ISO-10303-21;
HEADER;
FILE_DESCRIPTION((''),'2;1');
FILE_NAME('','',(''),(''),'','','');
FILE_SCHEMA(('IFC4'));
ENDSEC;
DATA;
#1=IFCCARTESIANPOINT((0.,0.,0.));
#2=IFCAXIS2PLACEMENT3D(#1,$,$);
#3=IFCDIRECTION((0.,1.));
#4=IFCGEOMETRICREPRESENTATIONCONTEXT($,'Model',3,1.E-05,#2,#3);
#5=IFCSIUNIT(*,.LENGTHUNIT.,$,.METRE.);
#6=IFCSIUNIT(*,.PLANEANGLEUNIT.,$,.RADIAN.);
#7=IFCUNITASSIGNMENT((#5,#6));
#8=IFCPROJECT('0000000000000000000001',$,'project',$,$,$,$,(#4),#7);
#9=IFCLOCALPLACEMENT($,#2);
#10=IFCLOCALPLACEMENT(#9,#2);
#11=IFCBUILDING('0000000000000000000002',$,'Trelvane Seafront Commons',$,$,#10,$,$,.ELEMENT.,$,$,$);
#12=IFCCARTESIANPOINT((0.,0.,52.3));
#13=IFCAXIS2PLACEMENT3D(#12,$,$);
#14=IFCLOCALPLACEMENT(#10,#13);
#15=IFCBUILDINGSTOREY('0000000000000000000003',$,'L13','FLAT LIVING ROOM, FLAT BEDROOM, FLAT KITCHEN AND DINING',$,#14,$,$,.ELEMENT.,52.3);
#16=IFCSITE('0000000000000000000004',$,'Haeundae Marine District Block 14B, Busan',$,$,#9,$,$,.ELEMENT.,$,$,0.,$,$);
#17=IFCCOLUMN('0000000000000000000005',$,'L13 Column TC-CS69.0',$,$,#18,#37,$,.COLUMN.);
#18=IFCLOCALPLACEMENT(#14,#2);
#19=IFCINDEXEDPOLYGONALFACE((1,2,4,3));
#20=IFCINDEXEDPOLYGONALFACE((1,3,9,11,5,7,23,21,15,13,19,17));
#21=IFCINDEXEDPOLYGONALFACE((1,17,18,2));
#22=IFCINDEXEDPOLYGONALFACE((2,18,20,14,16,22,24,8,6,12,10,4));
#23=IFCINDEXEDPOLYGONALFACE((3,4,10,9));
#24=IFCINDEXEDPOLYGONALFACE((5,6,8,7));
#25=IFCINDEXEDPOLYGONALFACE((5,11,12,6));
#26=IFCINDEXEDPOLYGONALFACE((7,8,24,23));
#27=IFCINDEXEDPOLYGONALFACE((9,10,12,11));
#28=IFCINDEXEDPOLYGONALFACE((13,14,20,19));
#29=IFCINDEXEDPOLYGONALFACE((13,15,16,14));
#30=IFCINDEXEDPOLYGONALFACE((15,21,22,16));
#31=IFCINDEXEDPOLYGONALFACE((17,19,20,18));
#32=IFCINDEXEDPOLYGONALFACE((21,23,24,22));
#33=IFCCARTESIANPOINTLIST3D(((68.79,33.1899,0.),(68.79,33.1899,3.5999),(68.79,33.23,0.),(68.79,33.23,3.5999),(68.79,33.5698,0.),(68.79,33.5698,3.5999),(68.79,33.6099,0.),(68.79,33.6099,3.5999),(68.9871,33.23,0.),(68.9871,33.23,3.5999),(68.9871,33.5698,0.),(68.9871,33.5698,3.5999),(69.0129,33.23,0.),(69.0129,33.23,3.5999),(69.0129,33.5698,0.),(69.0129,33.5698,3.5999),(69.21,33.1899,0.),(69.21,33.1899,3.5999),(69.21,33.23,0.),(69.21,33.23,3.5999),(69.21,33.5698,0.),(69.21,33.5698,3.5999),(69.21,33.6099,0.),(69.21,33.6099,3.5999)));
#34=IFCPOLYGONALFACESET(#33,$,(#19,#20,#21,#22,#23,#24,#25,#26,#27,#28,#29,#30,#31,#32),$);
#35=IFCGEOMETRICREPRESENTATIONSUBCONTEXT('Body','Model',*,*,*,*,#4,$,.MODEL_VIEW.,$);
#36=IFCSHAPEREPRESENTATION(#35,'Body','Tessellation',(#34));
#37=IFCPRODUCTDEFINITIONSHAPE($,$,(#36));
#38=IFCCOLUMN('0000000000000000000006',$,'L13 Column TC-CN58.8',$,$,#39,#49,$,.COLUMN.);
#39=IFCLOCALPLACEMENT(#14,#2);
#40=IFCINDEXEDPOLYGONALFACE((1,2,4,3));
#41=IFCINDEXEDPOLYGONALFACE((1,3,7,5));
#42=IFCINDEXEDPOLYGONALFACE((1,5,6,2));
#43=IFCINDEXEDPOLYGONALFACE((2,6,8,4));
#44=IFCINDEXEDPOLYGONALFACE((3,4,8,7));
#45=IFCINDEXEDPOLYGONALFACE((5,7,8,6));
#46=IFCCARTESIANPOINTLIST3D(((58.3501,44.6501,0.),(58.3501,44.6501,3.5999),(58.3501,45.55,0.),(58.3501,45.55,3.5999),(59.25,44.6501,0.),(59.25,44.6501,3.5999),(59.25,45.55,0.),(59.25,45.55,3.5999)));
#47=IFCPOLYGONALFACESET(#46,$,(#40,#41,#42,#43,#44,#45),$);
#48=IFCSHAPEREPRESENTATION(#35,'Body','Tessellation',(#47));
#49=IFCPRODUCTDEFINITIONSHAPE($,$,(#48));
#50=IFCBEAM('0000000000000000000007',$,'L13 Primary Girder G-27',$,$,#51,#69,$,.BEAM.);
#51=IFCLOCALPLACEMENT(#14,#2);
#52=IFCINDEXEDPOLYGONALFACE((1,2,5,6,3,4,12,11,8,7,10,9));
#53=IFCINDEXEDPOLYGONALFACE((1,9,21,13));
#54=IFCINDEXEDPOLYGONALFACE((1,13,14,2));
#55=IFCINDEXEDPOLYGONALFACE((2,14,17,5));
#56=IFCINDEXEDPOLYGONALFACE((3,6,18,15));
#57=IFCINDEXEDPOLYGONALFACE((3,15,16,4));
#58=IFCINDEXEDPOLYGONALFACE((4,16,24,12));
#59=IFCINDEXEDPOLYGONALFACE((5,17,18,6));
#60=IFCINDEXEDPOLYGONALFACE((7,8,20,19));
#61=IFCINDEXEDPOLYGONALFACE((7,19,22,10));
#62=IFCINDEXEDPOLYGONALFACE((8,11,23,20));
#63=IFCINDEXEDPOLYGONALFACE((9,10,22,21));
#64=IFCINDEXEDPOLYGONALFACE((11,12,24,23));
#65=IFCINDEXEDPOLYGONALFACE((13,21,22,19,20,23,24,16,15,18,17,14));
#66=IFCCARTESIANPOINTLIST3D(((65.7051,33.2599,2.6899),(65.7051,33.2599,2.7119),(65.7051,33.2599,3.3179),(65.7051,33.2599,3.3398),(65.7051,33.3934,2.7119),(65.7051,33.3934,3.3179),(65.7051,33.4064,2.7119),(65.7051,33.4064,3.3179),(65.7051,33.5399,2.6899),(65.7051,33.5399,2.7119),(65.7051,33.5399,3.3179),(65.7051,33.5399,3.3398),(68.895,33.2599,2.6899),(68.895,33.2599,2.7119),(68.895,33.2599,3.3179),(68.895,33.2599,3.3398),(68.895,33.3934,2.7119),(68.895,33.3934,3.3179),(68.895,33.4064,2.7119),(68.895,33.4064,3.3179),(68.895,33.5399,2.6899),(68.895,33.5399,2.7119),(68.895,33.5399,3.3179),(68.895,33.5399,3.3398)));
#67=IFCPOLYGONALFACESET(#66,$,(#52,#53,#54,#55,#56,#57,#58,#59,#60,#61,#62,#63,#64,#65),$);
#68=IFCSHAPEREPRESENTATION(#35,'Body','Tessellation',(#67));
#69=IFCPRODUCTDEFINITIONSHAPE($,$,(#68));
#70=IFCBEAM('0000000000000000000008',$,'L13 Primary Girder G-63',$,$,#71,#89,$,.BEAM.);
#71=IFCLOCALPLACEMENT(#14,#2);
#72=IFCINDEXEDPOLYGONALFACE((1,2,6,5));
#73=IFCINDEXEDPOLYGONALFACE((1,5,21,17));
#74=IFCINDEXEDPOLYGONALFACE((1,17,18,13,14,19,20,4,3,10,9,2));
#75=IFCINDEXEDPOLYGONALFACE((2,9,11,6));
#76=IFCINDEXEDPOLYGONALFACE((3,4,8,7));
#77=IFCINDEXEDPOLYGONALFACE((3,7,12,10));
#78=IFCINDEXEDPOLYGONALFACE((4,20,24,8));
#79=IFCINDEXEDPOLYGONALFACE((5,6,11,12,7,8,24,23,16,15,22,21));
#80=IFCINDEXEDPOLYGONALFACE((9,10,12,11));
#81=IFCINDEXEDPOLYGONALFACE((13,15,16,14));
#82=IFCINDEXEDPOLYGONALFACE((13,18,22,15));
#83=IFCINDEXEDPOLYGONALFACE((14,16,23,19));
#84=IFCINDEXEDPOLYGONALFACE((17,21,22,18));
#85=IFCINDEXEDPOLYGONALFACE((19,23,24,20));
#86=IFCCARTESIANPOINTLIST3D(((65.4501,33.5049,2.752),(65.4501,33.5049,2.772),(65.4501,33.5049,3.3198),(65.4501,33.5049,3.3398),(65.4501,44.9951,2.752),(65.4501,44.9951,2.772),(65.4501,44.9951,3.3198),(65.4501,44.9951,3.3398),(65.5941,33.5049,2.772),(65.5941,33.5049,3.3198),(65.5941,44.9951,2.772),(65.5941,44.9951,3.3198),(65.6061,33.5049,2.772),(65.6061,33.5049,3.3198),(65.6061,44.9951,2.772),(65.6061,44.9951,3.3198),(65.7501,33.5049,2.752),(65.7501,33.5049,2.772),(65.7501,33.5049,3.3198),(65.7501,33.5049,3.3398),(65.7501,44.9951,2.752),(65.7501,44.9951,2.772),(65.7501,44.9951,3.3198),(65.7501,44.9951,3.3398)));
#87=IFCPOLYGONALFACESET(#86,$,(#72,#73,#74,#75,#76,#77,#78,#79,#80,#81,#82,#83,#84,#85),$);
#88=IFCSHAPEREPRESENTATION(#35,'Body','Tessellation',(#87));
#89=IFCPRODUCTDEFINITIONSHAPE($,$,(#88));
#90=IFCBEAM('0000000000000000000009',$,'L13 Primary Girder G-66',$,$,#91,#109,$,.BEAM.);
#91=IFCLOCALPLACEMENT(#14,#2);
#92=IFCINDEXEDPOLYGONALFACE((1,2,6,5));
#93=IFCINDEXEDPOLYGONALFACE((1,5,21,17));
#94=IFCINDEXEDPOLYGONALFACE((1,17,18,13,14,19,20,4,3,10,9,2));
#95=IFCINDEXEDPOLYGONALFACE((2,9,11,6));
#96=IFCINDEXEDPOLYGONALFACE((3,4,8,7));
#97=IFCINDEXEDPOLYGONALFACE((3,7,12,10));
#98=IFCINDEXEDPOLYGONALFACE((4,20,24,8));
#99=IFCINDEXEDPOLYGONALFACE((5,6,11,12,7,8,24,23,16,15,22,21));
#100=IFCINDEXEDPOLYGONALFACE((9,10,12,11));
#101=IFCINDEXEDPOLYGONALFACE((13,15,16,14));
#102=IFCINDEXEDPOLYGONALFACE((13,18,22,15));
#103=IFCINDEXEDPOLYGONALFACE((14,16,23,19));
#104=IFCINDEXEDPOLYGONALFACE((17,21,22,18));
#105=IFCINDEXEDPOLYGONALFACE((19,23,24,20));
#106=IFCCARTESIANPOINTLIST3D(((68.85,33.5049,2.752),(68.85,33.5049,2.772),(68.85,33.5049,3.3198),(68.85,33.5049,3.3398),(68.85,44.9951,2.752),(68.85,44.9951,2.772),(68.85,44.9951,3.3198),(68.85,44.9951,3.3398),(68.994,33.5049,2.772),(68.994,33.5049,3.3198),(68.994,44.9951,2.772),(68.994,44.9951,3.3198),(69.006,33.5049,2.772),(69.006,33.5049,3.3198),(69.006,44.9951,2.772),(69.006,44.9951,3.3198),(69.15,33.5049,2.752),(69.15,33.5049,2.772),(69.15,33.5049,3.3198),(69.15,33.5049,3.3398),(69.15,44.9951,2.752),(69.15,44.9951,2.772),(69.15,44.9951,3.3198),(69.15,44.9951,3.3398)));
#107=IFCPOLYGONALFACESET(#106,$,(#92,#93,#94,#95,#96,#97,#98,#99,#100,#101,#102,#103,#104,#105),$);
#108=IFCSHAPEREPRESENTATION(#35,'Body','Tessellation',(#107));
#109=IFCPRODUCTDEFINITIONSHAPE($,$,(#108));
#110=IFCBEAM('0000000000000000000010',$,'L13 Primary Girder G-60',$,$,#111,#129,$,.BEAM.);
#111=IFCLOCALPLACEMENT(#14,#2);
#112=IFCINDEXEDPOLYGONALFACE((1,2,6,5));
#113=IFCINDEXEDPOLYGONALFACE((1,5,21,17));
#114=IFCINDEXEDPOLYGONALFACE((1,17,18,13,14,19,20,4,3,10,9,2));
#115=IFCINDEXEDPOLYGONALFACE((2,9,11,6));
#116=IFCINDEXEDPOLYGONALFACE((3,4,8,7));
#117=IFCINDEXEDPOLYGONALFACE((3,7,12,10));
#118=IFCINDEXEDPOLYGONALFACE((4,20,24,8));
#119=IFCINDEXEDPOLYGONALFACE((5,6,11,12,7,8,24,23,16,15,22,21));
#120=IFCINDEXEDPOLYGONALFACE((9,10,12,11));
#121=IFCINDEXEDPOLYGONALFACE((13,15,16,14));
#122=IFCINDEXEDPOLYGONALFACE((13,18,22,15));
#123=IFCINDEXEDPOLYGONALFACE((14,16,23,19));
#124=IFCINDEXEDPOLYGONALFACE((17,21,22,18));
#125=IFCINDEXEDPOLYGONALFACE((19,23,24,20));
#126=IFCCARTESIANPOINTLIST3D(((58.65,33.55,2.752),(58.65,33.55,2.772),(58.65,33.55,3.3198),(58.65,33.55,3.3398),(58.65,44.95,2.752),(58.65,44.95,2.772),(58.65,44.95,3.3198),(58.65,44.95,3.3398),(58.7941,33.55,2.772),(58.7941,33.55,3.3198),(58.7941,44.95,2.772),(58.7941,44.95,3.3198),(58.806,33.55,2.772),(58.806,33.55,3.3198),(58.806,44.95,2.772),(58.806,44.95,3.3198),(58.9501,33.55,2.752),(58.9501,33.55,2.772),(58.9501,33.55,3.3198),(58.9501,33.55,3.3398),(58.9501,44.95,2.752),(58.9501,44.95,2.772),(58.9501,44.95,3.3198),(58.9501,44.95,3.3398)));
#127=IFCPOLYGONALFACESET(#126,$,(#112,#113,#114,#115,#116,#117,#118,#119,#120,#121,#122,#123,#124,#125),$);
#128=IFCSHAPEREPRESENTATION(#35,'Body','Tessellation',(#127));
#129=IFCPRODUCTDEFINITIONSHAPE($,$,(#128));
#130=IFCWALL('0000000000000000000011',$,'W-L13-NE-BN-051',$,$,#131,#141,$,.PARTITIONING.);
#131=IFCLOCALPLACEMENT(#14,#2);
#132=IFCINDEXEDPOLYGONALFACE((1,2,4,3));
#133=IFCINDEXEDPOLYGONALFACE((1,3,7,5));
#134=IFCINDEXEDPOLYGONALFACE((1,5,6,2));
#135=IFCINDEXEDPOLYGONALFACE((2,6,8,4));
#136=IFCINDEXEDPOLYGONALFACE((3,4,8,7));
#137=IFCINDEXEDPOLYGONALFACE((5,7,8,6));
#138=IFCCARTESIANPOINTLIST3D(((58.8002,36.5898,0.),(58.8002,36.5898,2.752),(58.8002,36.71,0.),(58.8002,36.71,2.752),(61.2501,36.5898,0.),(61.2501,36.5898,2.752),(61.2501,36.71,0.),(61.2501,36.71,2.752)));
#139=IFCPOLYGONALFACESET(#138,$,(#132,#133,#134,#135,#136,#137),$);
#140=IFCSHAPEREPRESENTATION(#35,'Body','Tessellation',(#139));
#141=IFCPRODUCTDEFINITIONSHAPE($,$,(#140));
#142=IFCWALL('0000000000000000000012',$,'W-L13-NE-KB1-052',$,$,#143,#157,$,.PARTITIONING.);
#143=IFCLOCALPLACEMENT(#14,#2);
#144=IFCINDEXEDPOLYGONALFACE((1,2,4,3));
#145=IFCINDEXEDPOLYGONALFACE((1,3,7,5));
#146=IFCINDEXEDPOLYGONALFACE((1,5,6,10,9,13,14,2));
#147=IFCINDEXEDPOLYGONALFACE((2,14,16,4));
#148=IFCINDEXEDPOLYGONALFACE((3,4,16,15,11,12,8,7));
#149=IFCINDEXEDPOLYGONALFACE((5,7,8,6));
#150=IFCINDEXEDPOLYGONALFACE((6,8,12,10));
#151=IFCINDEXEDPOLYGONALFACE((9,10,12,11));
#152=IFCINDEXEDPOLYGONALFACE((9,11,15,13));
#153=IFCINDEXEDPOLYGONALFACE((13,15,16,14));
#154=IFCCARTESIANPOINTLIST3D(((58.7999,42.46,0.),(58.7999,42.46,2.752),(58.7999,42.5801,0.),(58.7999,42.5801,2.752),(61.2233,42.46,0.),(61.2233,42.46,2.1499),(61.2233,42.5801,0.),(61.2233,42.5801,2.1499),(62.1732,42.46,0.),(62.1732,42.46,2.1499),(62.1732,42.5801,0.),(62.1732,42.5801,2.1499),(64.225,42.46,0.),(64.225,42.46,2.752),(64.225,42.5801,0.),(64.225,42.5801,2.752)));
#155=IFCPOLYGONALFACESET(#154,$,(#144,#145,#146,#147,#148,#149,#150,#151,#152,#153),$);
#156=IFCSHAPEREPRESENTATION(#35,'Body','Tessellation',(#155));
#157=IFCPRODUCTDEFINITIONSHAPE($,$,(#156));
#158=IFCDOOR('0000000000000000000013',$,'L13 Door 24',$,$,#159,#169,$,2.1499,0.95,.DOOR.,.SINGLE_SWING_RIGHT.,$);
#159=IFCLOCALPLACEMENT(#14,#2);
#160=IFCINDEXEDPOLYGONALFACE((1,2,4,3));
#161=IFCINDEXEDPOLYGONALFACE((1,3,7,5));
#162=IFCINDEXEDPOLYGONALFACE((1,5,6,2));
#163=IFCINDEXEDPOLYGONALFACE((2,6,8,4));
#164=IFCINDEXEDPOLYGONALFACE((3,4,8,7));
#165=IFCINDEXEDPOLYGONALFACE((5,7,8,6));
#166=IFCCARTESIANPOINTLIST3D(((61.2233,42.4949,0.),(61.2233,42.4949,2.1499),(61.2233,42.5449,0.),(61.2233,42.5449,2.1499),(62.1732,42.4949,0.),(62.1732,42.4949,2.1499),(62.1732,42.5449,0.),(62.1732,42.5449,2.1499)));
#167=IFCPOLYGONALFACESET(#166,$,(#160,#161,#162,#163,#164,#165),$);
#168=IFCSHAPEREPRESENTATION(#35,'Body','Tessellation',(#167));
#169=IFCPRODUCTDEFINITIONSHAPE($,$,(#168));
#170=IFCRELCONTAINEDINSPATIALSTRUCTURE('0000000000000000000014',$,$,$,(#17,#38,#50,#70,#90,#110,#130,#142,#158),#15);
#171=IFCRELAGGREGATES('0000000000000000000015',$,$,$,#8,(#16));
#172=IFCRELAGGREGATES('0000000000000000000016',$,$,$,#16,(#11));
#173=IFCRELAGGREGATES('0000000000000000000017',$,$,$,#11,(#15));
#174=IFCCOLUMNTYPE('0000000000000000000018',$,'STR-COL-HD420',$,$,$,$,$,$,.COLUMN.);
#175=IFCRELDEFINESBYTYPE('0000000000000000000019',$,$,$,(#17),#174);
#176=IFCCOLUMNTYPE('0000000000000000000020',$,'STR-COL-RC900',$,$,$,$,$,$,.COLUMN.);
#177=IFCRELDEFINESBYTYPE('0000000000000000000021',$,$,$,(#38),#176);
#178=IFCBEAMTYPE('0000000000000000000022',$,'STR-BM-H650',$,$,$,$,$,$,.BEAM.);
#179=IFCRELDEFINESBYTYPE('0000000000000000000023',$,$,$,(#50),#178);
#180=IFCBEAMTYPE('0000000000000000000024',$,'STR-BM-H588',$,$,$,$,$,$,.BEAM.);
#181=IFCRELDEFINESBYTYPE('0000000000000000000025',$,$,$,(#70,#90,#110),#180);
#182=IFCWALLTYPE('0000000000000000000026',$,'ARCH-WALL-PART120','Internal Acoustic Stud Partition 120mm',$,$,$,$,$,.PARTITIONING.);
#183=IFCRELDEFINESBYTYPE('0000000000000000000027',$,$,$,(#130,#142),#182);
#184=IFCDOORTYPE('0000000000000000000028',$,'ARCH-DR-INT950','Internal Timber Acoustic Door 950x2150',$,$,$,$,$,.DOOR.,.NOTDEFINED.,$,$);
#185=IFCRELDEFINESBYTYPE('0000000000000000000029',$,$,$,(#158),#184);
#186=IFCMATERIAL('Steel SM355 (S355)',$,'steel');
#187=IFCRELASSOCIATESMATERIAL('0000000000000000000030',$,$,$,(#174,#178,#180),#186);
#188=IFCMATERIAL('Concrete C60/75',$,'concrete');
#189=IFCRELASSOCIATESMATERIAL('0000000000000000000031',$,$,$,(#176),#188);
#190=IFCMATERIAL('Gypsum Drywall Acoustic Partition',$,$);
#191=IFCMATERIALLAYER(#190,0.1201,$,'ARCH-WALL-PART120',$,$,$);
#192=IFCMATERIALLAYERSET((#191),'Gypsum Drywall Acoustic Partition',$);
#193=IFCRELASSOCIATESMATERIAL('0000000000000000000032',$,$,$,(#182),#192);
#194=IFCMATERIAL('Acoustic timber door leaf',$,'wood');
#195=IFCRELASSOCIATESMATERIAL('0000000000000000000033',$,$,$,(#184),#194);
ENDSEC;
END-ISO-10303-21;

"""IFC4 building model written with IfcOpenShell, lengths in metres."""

from ifc_helpers import new_model, si_unit, direction, frame, frame_2d, origin, origin_2d, place, context, subcontext, project, spatial, rectangle, i_section, extrude, source, transform, mapped, material, layer, layer_set, material_profile, profile_set, type_object, element, fill, save


model = new_model("IFC4")

# Units and contexts
model_context = context("Model", 3, precision=1e-05, world=origin(), true_north=direction((0.0, 1.0)))
body_context = subcontext(model_context, "Body", "Model", "MODEL_VIEW")
ifc_project = project(units=[si_unit("LENGTHUNIT", "METRE"), si_unit("PLANEANGLEUNIT", "RADIAN")], contexts=[model_context])

# Site, building, storey
site_placement = place(None, origin())
site = spatial("IfcSite", under=ifc_project, at=site_placement, Name="Haeundae Marine District Block 14B, Busan", CompositionType="ELEMENT", RefElevation=0.0)
building_placement = place(site_placement, origin())
building = spatial("IfcBuilding", under=site, at=building_placement, Name="Trelvane Seafront Commons", CompositionType="ELEMENT")
storey_placement = place(building_placement, frame((0.0, 0.0, 52.3)))
storey = spatial("IfcBuildingStorey", under=building, at=storey_placement, Name="L13", Description="FLAT LIVING ROOM, FLAT BEDROOM, FLAT KITCHEN AND DINING", CompositionType="ELEMENT", Elevation=52.3)

# Columns
ifc_material_1 = material(Name="Steel SM355 (S355)", Category="steel")
ifc_material_profile_1 = material_profile(ifc_material_1, i_section(OverallWidth=0.4199, OverallDepth=0.4199, WebThickness=0.0259, FlangeThickness=0.04, at=origin_2d()), Name="HD-420x420x26x40")
ifc_profile_set_1 = profile_set([ifc_material_profile_1], Name="Steel SM355 (S355)")
column_type_1 = type_object("IfcColumnType", Name="STR-COL-HD420", PredefinedType="COLUMN", material=ifc_profile_set_1)
shared_shape_1 = source(origin(), body_context, "Body", "SweptSolid", [
    extrude(i_section(OverallWidth=0.4199, OverallDepth=0.4199, WebThickness=0.0259, FlangeThickness=0.04, at=origin_2d()), origin(), (0.0, 0.0, 1.0), 3.5999),
])
column_1_placement = place(storey_placement, frame((69.0, 33.3999, 0.0), z_axis=(0.0, 0.0, 1.0), x_axis=(1.0, 0.0, 0.0)))
element("IfcColumn", 1, at=column_1_placement, inside=storey, type_object=column_type_1, Name="L13 Column TC-CS69.0", PredefinedType="COLUMN", context=body_context, shape_type="MappedRepresentation", body=[
    mapped(shared_shape_1, transform((0.0, 0.0, 0.0), x_axis=(1.0, 0.0, 0.0), y_axis=(0.0, 1.0, 0.0), z_axis=(0.0, 0.0, 1.0), scale=1.0)),
])
ifc_material_2 = material(Name="Concrete C60/75", Category="concrete")
ifc_material_profile_2 = material_profile(ifc_material_2, rectangle(XDim=0.8999, YDim=0.8999, at=origin_2d()), Name="RC-900x900")
ifc_profile_set_2 = profile_set([ifc_material_profile_2], Name="Concrete C60/75")
column_type_2 = type_object("IfcColumnType", Name="STR-COL-RC900", PredefinedType="COLUMN", material=ifc_profile_set_2)
shared_shape_2 = source(origin(), body_context, "Body", "SweptSolid", [
    extrude(rectangle(XDim=0.8999, YDim=0.8999, at=origin_2d()), origin(), (0.0, 0.0, 1.0), 3.5999),
])
column_2_placement = place(storey_placement, frame((58.8, 45.1001, 0.0), z_axis=(0.0, 0.0, 1.0), x_axis=(1.0, 0.0, 0.0)))
element("IfcColumn", 2, at=column_2_placement, inside=storey, type_object=column_type_2, Name="L13 Column TC-CN58.8", PredefinedType="COLUMN", context=body_context, shape_type="MappedRepresentation", body=[
    mapped(shared_shape_2, transform((0.0, 0.0, 0.0), x_axis=(1.0, 0.0, 0.0), y_axis=(0.0, 1.0, 0.0), z_axis=(0.0, 0.0, 1.0), scale=1.0)),
])

# Beams
ifc_material_profile_3 = material_profile(ifc_material_1, i_section(OverallWidth=0.28, OverallDepth=0.6499, WebThickness=0.0129, FlangeThickness=0.022, at=origin_2d()), Name="H-650x280x13x22")
ifc_profile_set_3 = profile_set([ifc_material_profile_3], Name="Steel SM355 (S355)")
beam_type_1 = type_object("IfcBeamType", Name="STR-BM-H650", PredefinedType="BEAM", material=ifc_profile_set_3)
shared_shape_3 = source(origin(), body_context, "Body", "SweptSolid", [
    extrude(i_section(OverallWidth=0.28, OverallDepth=0.6499, WebThickness=0.0129, FlangeThickness=0.022, at=origin_2d()), origin(), (0.0, 0.0, 1.0), 3.1899),
])
beam_1_placement = place(storey_placement, frame((65.7051, 33.3999, 3.0149), z_axis=(1.0, 0.0, 0.0), x_axis=(0.0, 1.0, 0.0)))
element("IfcBeam", 3, at=beam_1_placement, inside=storey, type_object=beam_type_1, Name="L13 Primary Girder G-27", PredefinedType="BEAM", context=body_context, shape_type="MappedRepresentation", body=[
    mapped(shared_shape_3, transform((0.0, 0.0, 0.0), x_axis=(1.0, 0.0, 0.0), y_axis=(0.0, 1.0, 0.0), z_axis=(0.0, 0.0, 1.0), scale=1.0)),
])
ifc_material_profile_4 = material_profile(ifc_material_1, i_section(OverallWidth=0.3, OverallDepth=0.5879, WebThickness=0.012, FlangeThickness=0.02, at=origin_2d()), Name="H-588x300x12x20")
ifc_profile_set_4 = profile_set([ifc_material_profile_4], Name="Steel SM355 (S355)")
beam_type_2 = type_object("IfcBeamType", Name="STR-BM-H588", PredefinedType="BEAM", material=ifc_profile_set_4)
shared_shape_4 = source(origin(), body_context, "Body", "SweptSolid", [
    extrude(i_section(OverallWidth=0.3, OverallDepth=0.5879, WebThickness=0.012, FlangeThickness=0.02, at=origin_2d()), origin(), (0.0, 0.0, 1.0), 11.4902),
])
for number, where, z_axis, x_axis, name in (
    (4, (65.6001, 33.5049, 3.0459), (0.0, 1.0, 0.0), (-1.0, 0.0, 0.0), "L13 Primary Girder G-63"),
    (5, (69.0, 33.5049, 3.0459), (0.0, 1.0, 0.0), (-1.0, 0.0, 0.0), "L13 Primary Girder G-66"),
):
    element("IfcBeam", number, at=place(storey_placement, frame(where, z_axis=z_axis, x_axis=x_axis)), inside=storey, type_object=beam_type_2, Name=name, PredefinedType="BEAM", context=body_context, shape_type="MappedRepresentation", body=[
        mapped(shared_shape_4, transform((0.0, 0.0, 0.0), x_axis=(1.0, 0.0, 0.0), y_axis=(0.0, 1.0, 0.0), z_axis=(0.0, 0.0, 1.0), scale=1.0)),
    ])
shared_shape_5 = source(origin(), body_context, "Body", "SweptSolid", [
    extrude(i_section(OverallWidth=0.3, OverallDepth=0.5879, WebThickness=0.012, FlangeThickness=0.02, at=origin_2d()), origin(), (0.0, 0.0, 1.0), 11.3999),
])
beam_2_placement = place(storey_placement, frame((58.8, 33.55, 3.0459), z_axis=(0.0, 1.0, 0.0), x_axis=(-1.0, 0.0, 0.0)))
element("IfcBeam", 6, at=beam_2_placement, inside=storey, type_object=beam_type_2, Name="L13 Primary Girder G-60", PredefinedType="BEAM", context=body_context, shape_type="MappedRepresentation", body=[
    mapped(shared_shape_5, transform((0.0, 0.0, 0.0), x_axis=(1.0, 0.0, 0.0), y_axis=(0.0, 1.0, 0.0), z_axis=(0.0, 0.0, 1.0), scale=1.0)),
])

# Wall
ifc_material_3 = material(Name="Gypsum Drywall Acoustic Partition")
ifc_layer_1 = layer(ifc_material_3, 0.1201, Name="ARCH-WALL-PART120")
ifc_layer_set_1 = layer_set([ifc_layer_1], Name="Gypsum Drywall Acoustic Partition")
wall_type_1 = type_object("IfcWallType", Name="ARCH-WALL-PART120", Description="Internal Acoustic Stud Partition 120mm", PredefinedType="PARTITIONING", material=ifc_layer_set_1)
wall_1_placement = place(storey_placement, frame((58.8, 36.6499, 0.0), z_axis=(0.0, 0.0, 1.0), x_axis=(1.0, 0.0, 0.0)))
element("IfcWall", 7, at=wall_1_placement, inside=storey, type_object=wall_type_1, Name="W-L13-NE-BN-051", PredefinedType="PARTITIONING", context=body_context, shape_type="SweptSolid", body=[
    extrude(rectangle(XDim=2.45, YDim=0.1201, at=frame_2d((1.2251, 0.0))), origin(), (0.0, 0.0, 1.0), 2.752),
])

# Wall, opening, door
wall_2_placement = place(storey_placement, frame((58.8, 42.52, 0.0), z_axis=(0.0, 0.0, 1.0), x_axis=(1.0, 0.0, 0.0)))
wall_2 = element("IfcWall", 8, at=wall_2_placement, inside=storey, type_object=wall_type_1, Name="W-L13-NE-KB1-052", PredefinedType="PARTITIONING", context=body_context, shape_type="SweptSolid", body=[
    extrude(rectangle(XDim=5.425, YDim=0.1201, at=frame_2d((2.7124, 0.0))), origin(), (0.0, 0.0, 1.0), 2.752),
])
opening_1_placement = place(wall_2_placement, frame((2.4231, 0.0, 0.0)))
opening_1 = element("IfcOpeningElement", 9, at=opening_1_placement, cuts=wall_2, PredefinedType="OPENING", context=body_context, shape_type="SweptSolid", body=[
    extrude(rectangle(XDim=0.95, YDim=2.1499, at=frame_2d((0.4751, 1.075))), frame((0.0, 0.0701, 0.0), z_axis=(0.0, -1.0, 0.0), x_axis=(1.0, 0.0, 0.0)), (0.0, 0.0, 1.0), 0.1401),
])
ifc_material_4 = material(Name="Acoustic timber door leaf", Category="wood")
door_type_1 = type_object("IfcDoorType", Name="ARCH-DR-INT950", Description="Internal Timber Acoustic Door 950x2150", OperationType="NOTDEFINED", PredefinedType="DOOR", material=ifc_material_4)
shared_shape_6 = source(origin(), body_context, "Body", "SweptSolid", [
    extrude(rectangle(XDim=0.95, YDim=2.1499, at=frame_2d((0.4751, 1.075))), frame((0.0, 0.0249, 0.0), z_axis=(0.0, -1.0, 0.0), x_axis=(1.0, 0.0, 0.0)), (0.0, 0.0, 1.0), 0.05),
])
door_1_placement = place(opening_1_placement, origin())
door_1 = element("IfcDoor", 10, at=door_1_placement, inside=storey, type_object=door_type_1, Name="L13 Door 24", OperationType="SINGLE_SWING_RIGHT", OverallHeight=2.1499, OverallWidth=0.95, PredefinedType="DOOR", context=body_context, shape_type="MappedRepresentation", body=[
    mapped(shared_shape_6, transform((0.0, 0.0, 0.0), x_axis=(1.0, 0.0, 0.0), y_axis=(0.0, 1.0, 0.0), z_axis=(0.0, 0.0, 1.0), scale=1.0)),
])
fill(opening_1, door_1)

save(model, "model.ifc")
